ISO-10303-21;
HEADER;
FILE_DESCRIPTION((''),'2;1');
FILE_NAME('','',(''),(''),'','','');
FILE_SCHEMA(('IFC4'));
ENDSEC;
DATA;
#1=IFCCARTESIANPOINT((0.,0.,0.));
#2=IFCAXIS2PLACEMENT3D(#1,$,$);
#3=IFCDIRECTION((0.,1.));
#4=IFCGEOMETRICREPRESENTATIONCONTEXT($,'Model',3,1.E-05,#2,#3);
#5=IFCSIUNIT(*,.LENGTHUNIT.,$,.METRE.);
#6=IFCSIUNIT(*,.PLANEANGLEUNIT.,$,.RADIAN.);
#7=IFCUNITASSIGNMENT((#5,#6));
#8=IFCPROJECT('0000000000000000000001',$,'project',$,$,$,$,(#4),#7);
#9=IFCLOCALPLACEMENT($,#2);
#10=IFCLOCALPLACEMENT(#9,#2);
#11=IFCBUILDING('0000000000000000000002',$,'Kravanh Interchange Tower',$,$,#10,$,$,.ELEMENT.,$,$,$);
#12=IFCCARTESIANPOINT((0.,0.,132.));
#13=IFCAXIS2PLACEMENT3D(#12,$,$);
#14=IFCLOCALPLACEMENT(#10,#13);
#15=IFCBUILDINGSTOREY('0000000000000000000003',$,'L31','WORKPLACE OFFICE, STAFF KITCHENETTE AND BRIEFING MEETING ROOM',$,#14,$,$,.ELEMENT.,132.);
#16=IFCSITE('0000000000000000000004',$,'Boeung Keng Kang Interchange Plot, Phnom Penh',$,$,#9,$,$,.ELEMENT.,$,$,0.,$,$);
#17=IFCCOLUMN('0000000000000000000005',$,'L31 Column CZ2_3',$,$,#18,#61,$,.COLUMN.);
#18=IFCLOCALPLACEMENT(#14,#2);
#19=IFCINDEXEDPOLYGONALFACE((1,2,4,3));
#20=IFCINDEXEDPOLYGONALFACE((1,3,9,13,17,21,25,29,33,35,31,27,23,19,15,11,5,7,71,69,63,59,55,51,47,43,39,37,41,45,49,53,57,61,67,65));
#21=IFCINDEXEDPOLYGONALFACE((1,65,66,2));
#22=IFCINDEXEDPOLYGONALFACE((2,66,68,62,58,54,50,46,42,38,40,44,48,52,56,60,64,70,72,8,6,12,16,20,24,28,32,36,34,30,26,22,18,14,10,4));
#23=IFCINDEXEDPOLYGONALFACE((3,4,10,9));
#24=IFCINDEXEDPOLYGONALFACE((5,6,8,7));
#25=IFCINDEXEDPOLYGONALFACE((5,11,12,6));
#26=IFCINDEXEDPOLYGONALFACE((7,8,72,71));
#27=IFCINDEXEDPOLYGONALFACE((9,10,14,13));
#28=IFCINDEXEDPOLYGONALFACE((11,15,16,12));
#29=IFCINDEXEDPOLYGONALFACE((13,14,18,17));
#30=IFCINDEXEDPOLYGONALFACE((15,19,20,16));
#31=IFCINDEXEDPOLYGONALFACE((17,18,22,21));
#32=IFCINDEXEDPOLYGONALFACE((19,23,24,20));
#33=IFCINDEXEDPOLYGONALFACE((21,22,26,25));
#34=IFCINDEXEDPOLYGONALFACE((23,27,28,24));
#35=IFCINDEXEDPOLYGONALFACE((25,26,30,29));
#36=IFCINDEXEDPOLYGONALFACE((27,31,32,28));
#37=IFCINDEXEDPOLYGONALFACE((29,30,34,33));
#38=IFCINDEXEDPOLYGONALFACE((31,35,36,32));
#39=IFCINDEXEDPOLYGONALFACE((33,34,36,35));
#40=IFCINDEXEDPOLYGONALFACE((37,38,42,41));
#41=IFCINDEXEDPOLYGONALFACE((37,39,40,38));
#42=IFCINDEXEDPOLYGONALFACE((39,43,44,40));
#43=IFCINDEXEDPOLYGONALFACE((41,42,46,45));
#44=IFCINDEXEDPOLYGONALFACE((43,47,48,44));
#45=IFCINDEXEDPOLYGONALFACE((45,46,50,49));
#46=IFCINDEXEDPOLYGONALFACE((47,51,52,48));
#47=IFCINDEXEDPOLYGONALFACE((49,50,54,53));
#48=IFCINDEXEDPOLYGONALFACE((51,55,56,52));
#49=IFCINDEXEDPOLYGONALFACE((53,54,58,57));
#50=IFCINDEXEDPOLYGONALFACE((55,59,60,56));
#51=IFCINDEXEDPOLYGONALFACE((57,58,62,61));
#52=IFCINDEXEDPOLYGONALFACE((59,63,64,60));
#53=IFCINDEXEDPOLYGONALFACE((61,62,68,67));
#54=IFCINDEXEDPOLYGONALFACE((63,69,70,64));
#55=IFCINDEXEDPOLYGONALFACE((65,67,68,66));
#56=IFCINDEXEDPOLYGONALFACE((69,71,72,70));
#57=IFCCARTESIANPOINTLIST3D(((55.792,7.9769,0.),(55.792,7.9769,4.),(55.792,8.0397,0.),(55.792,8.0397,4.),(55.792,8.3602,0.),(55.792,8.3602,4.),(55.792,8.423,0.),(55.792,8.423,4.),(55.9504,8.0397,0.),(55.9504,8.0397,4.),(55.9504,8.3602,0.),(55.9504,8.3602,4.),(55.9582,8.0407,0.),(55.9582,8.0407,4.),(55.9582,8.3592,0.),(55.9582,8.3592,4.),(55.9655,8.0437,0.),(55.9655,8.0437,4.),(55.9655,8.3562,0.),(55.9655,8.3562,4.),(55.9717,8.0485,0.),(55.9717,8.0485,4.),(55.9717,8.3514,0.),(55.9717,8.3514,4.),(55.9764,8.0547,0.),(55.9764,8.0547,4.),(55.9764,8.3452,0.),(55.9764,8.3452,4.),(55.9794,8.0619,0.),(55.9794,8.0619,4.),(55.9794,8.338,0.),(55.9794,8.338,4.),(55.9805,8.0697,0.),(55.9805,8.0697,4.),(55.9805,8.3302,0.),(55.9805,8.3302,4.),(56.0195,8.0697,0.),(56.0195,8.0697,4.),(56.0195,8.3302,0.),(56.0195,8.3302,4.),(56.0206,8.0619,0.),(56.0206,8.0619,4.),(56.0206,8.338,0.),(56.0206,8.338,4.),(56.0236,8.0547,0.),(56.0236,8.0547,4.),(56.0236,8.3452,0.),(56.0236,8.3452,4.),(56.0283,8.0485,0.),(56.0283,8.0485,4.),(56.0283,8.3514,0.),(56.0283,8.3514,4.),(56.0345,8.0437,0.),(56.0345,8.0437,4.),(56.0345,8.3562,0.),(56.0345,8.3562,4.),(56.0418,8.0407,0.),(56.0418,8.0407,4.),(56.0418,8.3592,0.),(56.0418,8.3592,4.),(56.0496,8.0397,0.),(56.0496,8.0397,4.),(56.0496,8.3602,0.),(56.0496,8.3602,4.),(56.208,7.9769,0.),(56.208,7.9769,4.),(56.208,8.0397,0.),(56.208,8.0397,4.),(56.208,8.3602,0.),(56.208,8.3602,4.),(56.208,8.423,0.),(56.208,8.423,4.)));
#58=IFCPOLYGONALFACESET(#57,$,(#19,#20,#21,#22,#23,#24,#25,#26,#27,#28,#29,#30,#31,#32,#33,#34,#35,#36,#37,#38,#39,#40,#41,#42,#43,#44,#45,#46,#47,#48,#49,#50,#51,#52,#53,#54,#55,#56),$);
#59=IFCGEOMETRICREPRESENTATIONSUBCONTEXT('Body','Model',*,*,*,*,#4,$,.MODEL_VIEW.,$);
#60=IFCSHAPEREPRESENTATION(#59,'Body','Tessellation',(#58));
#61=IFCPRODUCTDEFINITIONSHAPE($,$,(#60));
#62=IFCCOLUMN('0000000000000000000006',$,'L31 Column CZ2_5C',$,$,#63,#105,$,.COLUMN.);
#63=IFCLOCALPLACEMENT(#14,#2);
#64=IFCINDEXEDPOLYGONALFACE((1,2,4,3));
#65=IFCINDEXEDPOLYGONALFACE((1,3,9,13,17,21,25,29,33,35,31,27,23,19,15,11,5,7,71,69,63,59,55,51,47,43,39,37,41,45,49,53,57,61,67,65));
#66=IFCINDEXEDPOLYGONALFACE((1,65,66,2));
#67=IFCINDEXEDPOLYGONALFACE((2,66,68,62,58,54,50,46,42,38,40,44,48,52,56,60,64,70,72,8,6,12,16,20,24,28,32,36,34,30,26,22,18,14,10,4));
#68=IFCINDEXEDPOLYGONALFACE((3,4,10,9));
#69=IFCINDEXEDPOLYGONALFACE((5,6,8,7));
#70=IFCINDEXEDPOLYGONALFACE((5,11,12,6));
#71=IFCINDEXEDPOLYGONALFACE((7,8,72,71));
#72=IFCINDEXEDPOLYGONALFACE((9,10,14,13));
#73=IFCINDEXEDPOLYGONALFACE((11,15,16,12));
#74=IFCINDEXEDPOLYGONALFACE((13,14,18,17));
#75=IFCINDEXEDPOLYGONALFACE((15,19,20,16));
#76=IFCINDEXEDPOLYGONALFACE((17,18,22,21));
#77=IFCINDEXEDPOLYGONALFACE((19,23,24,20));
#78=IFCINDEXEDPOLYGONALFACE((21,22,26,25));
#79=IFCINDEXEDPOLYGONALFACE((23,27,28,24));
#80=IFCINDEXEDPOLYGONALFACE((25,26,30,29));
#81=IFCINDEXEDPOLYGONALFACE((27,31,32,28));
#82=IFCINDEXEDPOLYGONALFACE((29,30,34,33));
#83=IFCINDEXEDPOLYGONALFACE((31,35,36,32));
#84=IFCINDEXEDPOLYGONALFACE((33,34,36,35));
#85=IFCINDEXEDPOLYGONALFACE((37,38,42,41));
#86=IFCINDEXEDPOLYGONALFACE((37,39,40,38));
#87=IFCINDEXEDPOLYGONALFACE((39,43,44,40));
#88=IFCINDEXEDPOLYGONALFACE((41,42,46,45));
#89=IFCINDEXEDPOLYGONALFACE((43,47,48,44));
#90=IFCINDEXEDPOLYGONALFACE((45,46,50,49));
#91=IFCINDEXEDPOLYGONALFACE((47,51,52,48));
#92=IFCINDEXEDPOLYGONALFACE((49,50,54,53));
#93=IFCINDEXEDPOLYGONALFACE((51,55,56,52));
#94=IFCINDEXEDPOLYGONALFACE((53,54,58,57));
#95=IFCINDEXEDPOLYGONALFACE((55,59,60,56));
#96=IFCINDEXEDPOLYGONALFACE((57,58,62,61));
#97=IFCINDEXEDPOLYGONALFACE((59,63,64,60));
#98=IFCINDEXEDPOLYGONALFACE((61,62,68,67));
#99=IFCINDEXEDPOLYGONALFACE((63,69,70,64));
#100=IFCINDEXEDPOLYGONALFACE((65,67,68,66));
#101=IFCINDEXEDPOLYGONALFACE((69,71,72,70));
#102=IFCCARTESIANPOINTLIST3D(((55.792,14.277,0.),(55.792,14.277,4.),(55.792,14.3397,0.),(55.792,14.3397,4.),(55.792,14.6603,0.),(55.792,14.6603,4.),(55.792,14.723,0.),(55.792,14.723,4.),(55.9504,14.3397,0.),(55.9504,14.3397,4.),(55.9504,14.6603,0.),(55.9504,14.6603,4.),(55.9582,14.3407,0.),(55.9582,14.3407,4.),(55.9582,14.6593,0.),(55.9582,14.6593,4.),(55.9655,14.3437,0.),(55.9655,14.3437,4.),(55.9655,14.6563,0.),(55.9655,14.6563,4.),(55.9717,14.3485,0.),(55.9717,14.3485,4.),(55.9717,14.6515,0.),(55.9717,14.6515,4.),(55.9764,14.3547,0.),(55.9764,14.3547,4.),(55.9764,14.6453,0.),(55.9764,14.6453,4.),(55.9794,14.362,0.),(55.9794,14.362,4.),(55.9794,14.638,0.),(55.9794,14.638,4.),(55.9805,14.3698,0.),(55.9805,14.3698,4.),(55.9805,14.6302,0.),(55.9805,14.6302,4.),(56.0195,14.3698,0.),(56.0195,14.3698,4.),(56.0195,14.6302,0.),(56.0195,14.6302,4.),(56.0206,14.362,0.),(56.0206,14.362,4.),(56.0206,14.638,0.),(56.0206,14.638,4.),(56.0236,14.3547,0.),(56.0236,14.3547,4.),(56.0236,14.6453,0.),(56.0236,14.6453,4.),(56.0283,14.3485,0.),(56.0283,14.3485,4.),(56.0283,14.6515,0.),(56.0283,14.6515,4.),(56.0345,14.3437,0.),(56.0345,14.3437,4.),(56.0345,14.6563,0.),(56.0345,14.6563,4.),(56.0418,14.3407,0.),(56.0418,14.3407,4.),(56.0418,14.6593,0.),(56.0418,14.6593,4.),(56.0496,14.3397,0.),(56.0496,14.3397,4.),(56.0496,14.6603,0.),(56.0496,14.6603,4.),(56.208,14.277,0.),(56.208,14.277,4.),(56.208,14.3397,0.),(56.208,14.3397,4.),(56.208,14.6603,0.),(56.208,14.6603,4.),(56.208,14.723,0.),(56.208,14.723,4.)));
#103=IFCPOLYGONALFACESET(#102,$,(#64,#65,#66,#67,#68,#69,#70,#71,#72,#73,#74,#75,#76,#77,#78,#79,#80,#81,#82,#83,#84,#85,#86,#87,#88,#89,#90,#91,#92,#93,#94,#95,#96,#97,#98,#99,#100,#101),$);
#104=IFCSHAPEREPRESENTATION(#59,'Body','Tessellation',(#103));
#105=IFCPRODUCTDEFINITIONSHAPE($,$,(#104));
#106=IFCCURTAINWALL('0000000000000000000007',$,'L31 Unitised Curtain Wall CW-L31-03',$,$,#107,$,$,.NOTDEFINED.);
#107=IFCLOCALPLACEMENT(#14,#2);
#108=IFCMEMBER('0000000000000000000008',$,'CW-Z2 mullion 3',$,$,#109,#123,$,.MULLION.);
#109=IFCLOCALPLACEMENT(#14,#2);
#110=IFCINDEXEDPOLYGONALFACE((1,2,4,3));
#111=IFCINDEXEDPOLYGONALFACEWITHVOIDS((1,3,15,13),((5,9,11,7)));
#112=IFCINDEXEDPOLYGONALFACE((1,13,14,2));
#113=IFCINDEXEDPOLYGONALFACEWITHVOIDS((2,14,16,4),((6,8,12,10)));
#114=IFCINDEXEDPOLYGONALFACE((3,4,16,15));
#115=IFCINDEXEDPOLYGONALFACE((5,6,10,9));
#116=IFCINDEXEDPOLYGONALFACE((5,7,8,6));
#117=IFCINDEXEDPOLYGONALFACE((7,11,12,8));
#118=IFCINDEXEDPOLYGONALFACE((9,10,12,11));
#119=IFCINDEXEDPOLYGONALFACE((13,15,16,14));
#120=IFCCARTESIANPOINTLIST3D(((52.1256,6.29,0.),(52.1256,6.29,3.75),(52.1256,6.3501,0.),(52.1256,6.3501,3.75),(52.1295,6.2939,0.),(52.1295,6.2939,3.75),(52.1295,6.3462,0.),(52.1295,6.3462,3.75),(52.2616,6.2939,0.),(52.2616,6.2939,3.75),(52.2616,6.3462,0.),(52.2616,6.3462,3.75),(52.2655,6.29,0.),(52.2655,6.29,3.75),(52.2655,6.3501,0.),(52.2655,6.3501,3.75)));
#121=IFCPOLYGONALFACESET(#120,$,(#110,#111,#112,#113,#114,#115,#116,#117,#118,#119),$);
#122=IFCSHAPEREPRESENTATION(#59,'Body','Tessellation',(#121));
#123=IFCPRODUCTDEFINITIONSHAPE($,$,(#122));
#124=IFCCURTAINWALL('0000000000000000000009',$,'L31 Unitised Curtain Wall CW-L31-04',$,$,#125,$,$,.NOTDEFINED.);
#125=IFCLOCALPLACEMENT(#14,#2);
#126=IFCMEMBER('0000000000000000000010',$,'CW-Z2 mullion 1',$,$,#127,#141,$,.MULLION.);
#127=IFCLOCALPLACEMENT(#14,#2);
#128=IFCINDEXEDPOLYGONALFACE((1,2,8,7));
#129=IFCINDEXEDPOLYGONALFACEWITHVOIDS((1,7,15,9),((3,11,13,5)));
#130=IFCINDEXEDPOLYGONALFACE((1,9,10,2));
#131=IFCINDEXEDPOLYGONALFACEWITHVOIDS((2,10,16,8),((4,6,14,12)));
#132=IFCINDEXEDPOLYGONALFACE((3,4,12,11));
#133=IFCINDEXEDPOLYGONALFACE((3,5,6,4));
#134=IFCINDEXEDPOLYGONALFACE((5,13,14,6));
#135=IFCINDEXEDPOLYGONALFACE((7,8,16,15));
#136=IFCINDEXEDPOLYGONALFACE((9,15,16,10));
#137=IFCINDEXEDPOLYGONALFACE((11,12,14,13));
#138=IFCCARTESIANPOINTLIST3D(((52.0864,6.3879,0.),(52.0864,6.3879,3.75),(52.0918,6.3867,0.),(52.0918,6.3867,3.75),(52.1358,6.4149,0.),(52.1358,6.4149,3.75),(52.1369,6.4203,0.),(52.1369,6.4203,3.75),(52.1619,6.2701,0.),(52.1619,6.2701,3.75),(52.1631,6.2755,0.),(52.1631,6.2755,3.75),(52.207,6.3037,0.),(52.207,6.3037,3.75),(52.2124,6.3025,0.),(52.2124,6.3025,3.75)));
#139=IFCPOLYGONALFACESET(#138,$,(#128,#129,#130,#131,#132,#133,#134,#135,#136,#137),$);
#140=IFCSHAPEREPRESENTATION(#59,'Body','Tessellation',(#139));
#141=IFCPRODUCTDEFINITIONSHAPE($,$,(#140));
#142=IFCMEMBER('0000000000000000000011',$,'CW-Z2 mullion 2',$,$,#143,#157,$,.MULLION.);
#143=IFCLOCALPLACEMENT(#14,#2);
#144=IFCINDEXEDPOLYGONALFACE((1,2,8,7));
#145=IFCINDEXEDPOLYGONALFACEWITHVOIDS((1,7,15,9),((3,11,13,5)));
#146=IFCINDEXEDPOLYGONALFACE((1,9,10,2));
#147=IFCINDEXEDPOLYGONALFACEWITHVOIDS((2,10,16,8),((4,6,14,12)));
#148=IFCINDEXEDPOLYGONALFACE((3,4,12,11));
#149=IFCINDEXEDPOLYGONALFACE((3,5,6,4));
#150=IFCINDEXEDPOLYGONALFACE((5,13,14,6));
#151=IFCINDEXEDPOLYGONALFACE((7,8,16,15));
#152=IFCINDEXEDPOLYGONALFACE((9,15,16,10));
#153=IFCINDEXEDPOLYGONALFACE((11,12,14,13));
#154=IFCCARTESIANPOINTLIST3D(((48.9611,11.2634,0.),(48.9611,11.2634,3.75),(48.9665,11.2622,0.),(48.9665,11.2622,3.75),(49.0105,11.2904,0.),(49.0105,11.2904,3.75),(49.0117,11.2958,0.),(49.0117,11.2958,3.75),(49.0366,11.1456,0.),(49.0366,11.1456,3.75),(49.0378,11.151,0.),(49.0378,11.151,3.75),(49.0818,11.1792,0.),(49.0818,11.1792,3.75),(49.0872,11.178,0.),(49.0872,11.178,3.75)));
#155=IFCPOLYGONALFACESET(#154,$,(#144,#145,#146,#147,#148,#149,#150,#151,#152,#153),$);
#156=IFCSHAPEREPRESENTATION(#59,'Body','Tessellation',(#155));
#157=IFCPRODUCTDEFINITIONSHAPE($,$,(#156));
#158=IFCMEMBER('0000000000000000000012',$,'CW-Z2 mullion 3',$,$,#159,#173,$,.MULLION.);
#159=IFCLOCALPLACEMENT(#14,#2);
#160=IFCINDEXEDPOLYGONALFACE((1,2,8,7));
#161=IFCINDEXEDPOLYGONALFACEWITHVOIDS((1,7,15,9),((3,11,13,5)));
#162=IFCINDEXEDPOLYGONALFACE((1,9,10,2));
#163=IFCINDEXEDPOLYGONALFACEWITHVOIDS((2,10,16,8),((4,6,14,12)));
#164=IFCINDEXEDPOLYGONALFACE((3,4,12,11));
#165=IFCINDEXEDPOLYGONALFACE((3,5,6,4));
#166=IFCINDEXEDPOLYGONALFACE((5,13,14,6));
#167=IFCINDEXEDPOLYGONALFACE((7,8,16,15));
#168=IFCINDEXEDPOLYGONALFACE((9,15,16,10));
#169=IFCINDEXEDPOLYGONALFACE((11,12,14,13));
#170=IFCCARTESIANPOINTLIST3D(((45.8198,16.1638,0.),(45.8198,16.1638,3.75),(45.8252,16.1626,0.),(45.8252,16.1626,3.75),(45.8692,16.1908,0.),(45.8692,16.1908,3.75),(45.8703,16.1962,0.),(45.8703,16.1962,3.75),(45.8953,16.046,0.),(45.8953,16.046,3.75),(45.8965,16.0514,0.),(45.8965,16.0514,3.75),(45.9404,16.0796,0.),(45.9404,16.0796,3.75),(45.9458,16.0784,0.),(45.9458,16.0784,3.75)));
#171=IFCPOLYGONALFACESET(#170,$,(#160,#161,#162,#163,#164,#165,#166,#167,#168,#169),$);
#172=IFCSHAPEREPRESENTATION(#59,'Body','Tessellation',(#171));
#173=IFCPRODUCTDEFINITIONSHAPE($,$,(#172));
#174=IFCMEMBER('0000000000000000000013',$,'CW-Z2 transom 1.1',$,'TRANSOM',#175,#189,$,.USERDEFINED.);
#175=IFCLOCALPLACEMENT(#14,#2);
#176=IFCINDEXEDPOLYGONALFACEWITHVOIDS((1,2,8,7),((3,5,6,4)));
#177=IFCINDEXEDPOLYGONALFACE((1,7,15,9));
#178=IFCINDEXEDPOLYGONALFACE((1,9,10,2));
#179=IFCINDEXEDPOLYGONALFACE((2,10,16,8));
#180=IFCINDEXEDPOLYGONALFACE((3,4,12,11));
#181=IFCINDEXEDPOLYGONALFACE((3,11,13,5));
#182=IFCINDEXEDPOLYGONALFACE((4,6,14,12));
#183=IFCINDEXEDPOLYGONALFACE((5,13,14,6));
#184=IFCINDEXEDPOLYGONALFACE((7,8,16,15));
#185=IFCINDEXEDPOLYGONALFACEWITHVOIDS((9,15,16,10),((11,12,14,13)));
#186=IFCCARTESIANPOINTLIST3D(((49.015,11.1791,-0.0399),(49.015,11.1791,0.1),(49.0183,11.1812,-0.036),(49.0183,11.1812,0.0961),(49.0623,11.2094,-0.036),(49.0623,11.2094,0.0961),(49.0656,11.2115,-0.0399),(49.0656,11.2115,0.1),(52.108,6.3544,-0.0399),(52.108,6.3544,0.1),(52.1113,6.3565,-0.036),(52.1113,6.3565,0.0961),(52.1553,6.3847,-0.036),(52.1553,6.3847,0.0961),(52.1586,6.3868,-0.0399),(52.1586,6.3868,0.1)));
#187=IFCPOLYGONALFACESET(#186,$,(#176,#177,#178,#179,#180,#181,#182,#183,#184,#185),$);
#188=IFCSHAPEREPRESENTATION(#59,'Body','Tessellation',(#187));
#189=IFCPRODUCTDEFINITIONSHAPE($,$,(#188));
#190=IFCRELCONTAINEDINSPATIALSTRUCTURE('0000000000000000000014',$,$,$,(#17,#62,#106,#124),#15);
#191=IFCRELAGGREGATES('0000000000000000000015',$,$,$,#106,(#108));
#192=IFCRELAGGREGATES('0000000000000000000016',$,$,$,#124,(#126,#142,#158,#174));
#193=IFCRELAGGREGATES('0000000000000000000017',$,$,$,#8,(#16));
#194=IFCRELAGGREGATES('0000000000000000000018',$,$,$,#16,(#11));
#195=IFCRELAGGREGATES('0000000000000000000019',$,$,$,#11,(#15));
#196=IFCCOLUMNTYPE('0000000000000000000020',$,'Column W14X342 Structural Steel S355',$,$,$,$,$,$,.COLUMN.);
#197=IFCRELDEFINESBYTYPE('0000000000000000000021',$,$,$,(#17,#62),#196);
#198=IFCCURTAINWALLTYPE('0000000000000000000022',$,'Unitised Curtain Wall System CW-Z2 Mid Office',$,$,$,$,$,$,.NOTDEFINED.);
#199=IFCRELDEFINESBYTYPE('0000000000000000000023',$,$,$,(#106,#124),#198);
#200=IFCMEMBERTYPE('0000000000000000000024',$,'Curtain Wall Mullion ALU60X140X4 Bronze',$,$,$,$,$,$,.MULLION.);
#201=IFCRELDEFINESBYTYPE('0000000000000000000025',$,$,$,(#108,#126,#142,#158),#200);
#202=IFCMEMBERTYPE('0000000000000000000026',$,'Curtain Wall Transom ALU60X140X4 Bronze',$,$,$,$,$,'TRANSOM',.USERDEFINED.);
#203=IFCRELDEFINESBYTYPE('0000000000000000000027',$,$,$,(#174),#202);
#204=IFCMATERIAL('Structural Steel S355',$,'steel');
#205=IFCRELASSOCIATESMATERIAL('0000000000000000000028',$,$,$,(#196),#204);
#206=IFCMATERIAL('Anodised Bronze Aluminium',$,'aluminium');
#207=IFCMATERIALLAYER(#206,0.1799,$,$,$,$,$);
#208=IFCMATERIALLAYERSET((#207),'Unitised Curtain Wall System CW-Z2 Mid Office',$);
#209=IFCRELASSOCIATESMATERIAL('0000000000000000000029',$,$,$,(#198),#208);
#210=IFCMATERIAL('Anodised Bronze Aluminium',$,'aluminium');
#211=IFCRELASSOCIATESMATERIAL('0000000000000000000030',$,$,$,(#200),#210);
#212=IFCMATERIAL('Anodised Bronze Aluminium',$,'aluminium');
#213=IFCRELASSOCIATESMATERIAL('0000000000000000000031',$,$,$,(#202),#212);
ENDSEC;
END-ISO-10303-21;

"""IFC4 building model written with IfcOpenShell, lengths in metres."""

from ifc_helpers import new_model, si_unit, direction, frame, origin, origin_2d, place, context, subcontext, project, spatial, hollow_rectangle, i_section, extrude, material, layer, layer_set, material_profile, profile_set, type_object, element, aggregate, save


model = new_model("IFC4")

# Units and contexts
model_context = context("Model", 3, precision=1e-05, world=origin(), true_north=direction((0.0, 1.0)))
body_context = subcontext(model_context, "Body", "Model", "MODEL_VIEW")
ifc_project = project(units=[si_unit("LENGTHUNIT", "METRE"), si_unit("PLANEANGLEUNIT", "RADIAN")], contexts=[model_context])

# Site, building, storey
site_placement = place(None, origin())
site = spatial("IfcSite", under=ifc_project, at=site_placement, Name="Boeung Keng Kang Interchange Plot, Phnom Penh", CompositionType="ELEMENT", RefElevation=0.0)
building_placement = place(site_placement, origin())
building = spatial("IfcBuilding", under=site, at=building_placement, Name="Kravanh Interchange Tower", CompositionType="ELEMENT")
storey_placement = place(building_placement, frame((0.0, 0.0, 132.0)))
storey = spatial("IfcBuildingStorey", under=building, at=storey_placement, Name="L31", Description="WORKPLACE OFFICE, STAFF KITCHENETTE AND BRIEFING MEETING ROOM", CompositionType="ELEMENT", Elevation=132.0)

# Columns
ifc_material_1 = material(Name="Structural Steel S355", Category="steel")
ifc_material_profile_1 = material_profile(ifc_material_1, i_section(OverallWidth=0.416, OverallDepth=0.446, WebThickness=0.0391, FlangeThickness=0.0627, FilletRadius=0.03, at=origin_2d()), Name="W14X342")
ifc_profile_set_1 = profile_set([ifc_material_profile_1], Name="Structural Steel S355")
column_type = type_object("IfcColumnType", Name="Column W14X342 Structural Steel S355", PredefinedType="COLUMN", material=ifc_profile_set_1)
for number, where, z_axis, x_axis, name in (
    (1, (56.0, 8.2, 0.0), (0.0, 0.0, 1.0), (1.0, 0.0, 0.0), "L31 Column CZ2_3"),
    (2, (56.0, 14.5, 0.0), (0.0, 0.0, 1.0), (1.0, 0.0, 0.0), "L31 Column CZ2_5C"),
):
    element("IfcColumn", number, at=place(storey_placement, frame(where, z_axis=z_axis, x_axis=x_axis)), inside=storey, type_object=column_type, Name=name, PredefinedType="COLUMN", context=body_context, shape_type="SweptSolid", body=[
        extrude(i_section(OverallWidth=0.416, OverallDepth=0.446, WebThickness=0.0391, FlangeThickness=0.0627, FilletRadius=0.03, at=origin_2d()), origin(), (0.0, 0.0, 1.0), 4.0),
    ])

# Curtain wall, member
ifc_material_2 = material(Name="Anodised Bronze Aluminium", Category="aluminium")
ifc_layer_1 = layer(ifc_material_2, 0.1799)
ifc_layer_set_1 = layer_set([ifc_layer_1], Name="Unitised Curtain Wall System CW-Z2 Mid Office")
curtain_wall_type = type_object("IfcCurtainWallType", Name="Unitised Curtain Wall System CW-Z2 Mid Office", PredefinedType="NOTDEFINED", material=ifc_layer_set_1)
curtain_wall_1_placement = place(storey_placement, origin())
curtain_wall_1 = element("IfcCurtainWall", 3, at=curtain_wall_1_placement, inside=storey, type_object=curtain_wall_type, Name="L31 Unitised Curtain Wall CW-L31-03", PredefinedType="NOTDEFINED")
ifc_material_3 = material(Name="Anodised Bronze Aluminium", Category="aluminium")
ifc_material_profile_2 = material_profile(ifc_material_3, hollow_rectangle(XDim=0.0601, YDim=0.1399, WallThickness=0.0039, at=origin_2d()), Name="ALU60X140X4")
ifc_profile_set_2 = profile_set([ifc_material_profile_2], Name="Anodised Bronze Aluminium")
member_type_1 = type_object("IfcMemberType", Name="Curtain Wall Mullion ALU60X140X4 Bronze", PredefinedType="MULLION", material=ifc_profile_set_2)
member_1_placement = place(storey_placement, frame((52.1956, 6.3201, 0.0), z_axis=(0.0, 0.0, 1.0), x_axis=(0.0, -1.0, 0.0)))
member_1 = element("IfcMember", 4, at=member_1_placement, type_object=member_type_1, Name="CW-Z2 mullion 3", PredefinedType="MULLION", context=body_context, shape_type="SweptSolid", body=[
    extrude(hollow_rectangle(XDim=0.0601, YDim=0.1399, WallThickness=0.0039, at=origin_2d()), origin(), (0.0, 0.0, 1.0), 3.75),
])

# Curtain wall, members
curtain_wall_2_placement = place(storey_placement, origin())
curtain_wall_2 = element("IfcCurtainWall", 5, at=curtain_wall_2_placement, inside=storey, type_object=curtain_wall_type, Name="L31 Unitised Curtain Wall CW-L31-04", PredefinedType="NOTDEFINED")
member_2_placement = place(storey_placement, frame((52.1494, 6.3452, 0.0), z_axis=(0.0, 0.0, 1.0), x_axis=(-0.84188, -0.539665, 0.0)))
member_2 = element("IfcMember", 6, at=member_2_placement, type_object=member_type_1, Name="CW-Z2 mullion 1", PredefinedType="MULLION", context=body_context, shape_type="SweptSolid", body=[
    extrude(hollow_rectangle(XDim=0.0601, YDim=0.1399, WallThickness=0.0039, at=origin_2d()), origin(), (0.0, 0.0, 1.0), 3.75),
])
member_3_placement = place(storey_placement, frame((49.0242, 11.2207, 0.0), z_axis=(0.0, 0.0, 1.0), x_axis=(-0.84188, -0.539665, 0.0)))
member_3 = element("IfcMember", 7, at=member_3_placement, type_object=member_type_1, Name="CW-Z2 mullion 2", PredefinedType="MULLION", context=body_context, shape_type="SweptSolid", body=[
    extrude(hollow_rectangle(XDim=0.0601, YDim=0.1399, WallThickness=0.0039, at=origin_2d()), origin(), (0.0, 0.0, 1.0), 3.75),
])
member_4_placement = place(storey_placement, frame((45.8828, 16.1211, 0.0), z_axis=(0.0, 0.0, 1.0), x_axis=(-0.84188, -0.539665, 0.0)))
member_4 = element("IfcMember", 8, at=member_4_placement, type_object=member_type_1, Name="CW-Z2 mullion 3", PredefinedType="MULLION", context=body_context, shape_type="SweptSolid", body=[
    extrude(hollow_rectangle(XDim=0.0601, YDim=0.1399, WallThickness=0.0039, at=origin_2d()), origin(), (0.0, 0.0, 1.0), 3.75),
])
ifc_material_4 = material(Name="Anodised Bronze Aluminium", Category="aluminium")
ifc_material_profile_3 = material_profile(ifc_material_4, hollow_rectangle(XDim=0.0601, YDim=0.1399, WallThickness=0.0039, at=origin_2d()), Name="ALU60X140X4")
ifc_profile_set_3 = profile_set([ifc_material_profile_3], Name="Anodised Bronze Aluminium")
member_type_2 = type_object("IfcMemberType", Name="Curtain Wall Transom ALU60X140X4 Bronze", ElementType="TRANSOM", PredefinedType="USERDEFINED", material=ifc_profile_set_3)
member_5_placement = place(storey_placement, frame((52.1333, 6.3706, 0.03), z_axis=(-0.539698, 0.841859, 0.0), x_axis=(-0.841859, -0.539698, 0.0)))
member_5 = element("IfcMember", 9, at=member_5_placement, type_object=member_type_2, Name="CW-Z2 transom 1.1", ObjectType="TRANSOM", PredefinedType="USERDEFINED", context=body_context, shape_type="SweptSolid", body=[
    extrude(hollow_rectangle(XDim=0.0601, YDim=0.1399, WallThickness=0.0039, at=origin_2d()), origin(), (0.0, 0.0, 1.0), 5.731),
])

aggregate(curtain_wall_1, [member_1])
aggregate(curtain_wall_2, [member_2, member_3, member_4, member_5])

save(model, "model.ifc")
